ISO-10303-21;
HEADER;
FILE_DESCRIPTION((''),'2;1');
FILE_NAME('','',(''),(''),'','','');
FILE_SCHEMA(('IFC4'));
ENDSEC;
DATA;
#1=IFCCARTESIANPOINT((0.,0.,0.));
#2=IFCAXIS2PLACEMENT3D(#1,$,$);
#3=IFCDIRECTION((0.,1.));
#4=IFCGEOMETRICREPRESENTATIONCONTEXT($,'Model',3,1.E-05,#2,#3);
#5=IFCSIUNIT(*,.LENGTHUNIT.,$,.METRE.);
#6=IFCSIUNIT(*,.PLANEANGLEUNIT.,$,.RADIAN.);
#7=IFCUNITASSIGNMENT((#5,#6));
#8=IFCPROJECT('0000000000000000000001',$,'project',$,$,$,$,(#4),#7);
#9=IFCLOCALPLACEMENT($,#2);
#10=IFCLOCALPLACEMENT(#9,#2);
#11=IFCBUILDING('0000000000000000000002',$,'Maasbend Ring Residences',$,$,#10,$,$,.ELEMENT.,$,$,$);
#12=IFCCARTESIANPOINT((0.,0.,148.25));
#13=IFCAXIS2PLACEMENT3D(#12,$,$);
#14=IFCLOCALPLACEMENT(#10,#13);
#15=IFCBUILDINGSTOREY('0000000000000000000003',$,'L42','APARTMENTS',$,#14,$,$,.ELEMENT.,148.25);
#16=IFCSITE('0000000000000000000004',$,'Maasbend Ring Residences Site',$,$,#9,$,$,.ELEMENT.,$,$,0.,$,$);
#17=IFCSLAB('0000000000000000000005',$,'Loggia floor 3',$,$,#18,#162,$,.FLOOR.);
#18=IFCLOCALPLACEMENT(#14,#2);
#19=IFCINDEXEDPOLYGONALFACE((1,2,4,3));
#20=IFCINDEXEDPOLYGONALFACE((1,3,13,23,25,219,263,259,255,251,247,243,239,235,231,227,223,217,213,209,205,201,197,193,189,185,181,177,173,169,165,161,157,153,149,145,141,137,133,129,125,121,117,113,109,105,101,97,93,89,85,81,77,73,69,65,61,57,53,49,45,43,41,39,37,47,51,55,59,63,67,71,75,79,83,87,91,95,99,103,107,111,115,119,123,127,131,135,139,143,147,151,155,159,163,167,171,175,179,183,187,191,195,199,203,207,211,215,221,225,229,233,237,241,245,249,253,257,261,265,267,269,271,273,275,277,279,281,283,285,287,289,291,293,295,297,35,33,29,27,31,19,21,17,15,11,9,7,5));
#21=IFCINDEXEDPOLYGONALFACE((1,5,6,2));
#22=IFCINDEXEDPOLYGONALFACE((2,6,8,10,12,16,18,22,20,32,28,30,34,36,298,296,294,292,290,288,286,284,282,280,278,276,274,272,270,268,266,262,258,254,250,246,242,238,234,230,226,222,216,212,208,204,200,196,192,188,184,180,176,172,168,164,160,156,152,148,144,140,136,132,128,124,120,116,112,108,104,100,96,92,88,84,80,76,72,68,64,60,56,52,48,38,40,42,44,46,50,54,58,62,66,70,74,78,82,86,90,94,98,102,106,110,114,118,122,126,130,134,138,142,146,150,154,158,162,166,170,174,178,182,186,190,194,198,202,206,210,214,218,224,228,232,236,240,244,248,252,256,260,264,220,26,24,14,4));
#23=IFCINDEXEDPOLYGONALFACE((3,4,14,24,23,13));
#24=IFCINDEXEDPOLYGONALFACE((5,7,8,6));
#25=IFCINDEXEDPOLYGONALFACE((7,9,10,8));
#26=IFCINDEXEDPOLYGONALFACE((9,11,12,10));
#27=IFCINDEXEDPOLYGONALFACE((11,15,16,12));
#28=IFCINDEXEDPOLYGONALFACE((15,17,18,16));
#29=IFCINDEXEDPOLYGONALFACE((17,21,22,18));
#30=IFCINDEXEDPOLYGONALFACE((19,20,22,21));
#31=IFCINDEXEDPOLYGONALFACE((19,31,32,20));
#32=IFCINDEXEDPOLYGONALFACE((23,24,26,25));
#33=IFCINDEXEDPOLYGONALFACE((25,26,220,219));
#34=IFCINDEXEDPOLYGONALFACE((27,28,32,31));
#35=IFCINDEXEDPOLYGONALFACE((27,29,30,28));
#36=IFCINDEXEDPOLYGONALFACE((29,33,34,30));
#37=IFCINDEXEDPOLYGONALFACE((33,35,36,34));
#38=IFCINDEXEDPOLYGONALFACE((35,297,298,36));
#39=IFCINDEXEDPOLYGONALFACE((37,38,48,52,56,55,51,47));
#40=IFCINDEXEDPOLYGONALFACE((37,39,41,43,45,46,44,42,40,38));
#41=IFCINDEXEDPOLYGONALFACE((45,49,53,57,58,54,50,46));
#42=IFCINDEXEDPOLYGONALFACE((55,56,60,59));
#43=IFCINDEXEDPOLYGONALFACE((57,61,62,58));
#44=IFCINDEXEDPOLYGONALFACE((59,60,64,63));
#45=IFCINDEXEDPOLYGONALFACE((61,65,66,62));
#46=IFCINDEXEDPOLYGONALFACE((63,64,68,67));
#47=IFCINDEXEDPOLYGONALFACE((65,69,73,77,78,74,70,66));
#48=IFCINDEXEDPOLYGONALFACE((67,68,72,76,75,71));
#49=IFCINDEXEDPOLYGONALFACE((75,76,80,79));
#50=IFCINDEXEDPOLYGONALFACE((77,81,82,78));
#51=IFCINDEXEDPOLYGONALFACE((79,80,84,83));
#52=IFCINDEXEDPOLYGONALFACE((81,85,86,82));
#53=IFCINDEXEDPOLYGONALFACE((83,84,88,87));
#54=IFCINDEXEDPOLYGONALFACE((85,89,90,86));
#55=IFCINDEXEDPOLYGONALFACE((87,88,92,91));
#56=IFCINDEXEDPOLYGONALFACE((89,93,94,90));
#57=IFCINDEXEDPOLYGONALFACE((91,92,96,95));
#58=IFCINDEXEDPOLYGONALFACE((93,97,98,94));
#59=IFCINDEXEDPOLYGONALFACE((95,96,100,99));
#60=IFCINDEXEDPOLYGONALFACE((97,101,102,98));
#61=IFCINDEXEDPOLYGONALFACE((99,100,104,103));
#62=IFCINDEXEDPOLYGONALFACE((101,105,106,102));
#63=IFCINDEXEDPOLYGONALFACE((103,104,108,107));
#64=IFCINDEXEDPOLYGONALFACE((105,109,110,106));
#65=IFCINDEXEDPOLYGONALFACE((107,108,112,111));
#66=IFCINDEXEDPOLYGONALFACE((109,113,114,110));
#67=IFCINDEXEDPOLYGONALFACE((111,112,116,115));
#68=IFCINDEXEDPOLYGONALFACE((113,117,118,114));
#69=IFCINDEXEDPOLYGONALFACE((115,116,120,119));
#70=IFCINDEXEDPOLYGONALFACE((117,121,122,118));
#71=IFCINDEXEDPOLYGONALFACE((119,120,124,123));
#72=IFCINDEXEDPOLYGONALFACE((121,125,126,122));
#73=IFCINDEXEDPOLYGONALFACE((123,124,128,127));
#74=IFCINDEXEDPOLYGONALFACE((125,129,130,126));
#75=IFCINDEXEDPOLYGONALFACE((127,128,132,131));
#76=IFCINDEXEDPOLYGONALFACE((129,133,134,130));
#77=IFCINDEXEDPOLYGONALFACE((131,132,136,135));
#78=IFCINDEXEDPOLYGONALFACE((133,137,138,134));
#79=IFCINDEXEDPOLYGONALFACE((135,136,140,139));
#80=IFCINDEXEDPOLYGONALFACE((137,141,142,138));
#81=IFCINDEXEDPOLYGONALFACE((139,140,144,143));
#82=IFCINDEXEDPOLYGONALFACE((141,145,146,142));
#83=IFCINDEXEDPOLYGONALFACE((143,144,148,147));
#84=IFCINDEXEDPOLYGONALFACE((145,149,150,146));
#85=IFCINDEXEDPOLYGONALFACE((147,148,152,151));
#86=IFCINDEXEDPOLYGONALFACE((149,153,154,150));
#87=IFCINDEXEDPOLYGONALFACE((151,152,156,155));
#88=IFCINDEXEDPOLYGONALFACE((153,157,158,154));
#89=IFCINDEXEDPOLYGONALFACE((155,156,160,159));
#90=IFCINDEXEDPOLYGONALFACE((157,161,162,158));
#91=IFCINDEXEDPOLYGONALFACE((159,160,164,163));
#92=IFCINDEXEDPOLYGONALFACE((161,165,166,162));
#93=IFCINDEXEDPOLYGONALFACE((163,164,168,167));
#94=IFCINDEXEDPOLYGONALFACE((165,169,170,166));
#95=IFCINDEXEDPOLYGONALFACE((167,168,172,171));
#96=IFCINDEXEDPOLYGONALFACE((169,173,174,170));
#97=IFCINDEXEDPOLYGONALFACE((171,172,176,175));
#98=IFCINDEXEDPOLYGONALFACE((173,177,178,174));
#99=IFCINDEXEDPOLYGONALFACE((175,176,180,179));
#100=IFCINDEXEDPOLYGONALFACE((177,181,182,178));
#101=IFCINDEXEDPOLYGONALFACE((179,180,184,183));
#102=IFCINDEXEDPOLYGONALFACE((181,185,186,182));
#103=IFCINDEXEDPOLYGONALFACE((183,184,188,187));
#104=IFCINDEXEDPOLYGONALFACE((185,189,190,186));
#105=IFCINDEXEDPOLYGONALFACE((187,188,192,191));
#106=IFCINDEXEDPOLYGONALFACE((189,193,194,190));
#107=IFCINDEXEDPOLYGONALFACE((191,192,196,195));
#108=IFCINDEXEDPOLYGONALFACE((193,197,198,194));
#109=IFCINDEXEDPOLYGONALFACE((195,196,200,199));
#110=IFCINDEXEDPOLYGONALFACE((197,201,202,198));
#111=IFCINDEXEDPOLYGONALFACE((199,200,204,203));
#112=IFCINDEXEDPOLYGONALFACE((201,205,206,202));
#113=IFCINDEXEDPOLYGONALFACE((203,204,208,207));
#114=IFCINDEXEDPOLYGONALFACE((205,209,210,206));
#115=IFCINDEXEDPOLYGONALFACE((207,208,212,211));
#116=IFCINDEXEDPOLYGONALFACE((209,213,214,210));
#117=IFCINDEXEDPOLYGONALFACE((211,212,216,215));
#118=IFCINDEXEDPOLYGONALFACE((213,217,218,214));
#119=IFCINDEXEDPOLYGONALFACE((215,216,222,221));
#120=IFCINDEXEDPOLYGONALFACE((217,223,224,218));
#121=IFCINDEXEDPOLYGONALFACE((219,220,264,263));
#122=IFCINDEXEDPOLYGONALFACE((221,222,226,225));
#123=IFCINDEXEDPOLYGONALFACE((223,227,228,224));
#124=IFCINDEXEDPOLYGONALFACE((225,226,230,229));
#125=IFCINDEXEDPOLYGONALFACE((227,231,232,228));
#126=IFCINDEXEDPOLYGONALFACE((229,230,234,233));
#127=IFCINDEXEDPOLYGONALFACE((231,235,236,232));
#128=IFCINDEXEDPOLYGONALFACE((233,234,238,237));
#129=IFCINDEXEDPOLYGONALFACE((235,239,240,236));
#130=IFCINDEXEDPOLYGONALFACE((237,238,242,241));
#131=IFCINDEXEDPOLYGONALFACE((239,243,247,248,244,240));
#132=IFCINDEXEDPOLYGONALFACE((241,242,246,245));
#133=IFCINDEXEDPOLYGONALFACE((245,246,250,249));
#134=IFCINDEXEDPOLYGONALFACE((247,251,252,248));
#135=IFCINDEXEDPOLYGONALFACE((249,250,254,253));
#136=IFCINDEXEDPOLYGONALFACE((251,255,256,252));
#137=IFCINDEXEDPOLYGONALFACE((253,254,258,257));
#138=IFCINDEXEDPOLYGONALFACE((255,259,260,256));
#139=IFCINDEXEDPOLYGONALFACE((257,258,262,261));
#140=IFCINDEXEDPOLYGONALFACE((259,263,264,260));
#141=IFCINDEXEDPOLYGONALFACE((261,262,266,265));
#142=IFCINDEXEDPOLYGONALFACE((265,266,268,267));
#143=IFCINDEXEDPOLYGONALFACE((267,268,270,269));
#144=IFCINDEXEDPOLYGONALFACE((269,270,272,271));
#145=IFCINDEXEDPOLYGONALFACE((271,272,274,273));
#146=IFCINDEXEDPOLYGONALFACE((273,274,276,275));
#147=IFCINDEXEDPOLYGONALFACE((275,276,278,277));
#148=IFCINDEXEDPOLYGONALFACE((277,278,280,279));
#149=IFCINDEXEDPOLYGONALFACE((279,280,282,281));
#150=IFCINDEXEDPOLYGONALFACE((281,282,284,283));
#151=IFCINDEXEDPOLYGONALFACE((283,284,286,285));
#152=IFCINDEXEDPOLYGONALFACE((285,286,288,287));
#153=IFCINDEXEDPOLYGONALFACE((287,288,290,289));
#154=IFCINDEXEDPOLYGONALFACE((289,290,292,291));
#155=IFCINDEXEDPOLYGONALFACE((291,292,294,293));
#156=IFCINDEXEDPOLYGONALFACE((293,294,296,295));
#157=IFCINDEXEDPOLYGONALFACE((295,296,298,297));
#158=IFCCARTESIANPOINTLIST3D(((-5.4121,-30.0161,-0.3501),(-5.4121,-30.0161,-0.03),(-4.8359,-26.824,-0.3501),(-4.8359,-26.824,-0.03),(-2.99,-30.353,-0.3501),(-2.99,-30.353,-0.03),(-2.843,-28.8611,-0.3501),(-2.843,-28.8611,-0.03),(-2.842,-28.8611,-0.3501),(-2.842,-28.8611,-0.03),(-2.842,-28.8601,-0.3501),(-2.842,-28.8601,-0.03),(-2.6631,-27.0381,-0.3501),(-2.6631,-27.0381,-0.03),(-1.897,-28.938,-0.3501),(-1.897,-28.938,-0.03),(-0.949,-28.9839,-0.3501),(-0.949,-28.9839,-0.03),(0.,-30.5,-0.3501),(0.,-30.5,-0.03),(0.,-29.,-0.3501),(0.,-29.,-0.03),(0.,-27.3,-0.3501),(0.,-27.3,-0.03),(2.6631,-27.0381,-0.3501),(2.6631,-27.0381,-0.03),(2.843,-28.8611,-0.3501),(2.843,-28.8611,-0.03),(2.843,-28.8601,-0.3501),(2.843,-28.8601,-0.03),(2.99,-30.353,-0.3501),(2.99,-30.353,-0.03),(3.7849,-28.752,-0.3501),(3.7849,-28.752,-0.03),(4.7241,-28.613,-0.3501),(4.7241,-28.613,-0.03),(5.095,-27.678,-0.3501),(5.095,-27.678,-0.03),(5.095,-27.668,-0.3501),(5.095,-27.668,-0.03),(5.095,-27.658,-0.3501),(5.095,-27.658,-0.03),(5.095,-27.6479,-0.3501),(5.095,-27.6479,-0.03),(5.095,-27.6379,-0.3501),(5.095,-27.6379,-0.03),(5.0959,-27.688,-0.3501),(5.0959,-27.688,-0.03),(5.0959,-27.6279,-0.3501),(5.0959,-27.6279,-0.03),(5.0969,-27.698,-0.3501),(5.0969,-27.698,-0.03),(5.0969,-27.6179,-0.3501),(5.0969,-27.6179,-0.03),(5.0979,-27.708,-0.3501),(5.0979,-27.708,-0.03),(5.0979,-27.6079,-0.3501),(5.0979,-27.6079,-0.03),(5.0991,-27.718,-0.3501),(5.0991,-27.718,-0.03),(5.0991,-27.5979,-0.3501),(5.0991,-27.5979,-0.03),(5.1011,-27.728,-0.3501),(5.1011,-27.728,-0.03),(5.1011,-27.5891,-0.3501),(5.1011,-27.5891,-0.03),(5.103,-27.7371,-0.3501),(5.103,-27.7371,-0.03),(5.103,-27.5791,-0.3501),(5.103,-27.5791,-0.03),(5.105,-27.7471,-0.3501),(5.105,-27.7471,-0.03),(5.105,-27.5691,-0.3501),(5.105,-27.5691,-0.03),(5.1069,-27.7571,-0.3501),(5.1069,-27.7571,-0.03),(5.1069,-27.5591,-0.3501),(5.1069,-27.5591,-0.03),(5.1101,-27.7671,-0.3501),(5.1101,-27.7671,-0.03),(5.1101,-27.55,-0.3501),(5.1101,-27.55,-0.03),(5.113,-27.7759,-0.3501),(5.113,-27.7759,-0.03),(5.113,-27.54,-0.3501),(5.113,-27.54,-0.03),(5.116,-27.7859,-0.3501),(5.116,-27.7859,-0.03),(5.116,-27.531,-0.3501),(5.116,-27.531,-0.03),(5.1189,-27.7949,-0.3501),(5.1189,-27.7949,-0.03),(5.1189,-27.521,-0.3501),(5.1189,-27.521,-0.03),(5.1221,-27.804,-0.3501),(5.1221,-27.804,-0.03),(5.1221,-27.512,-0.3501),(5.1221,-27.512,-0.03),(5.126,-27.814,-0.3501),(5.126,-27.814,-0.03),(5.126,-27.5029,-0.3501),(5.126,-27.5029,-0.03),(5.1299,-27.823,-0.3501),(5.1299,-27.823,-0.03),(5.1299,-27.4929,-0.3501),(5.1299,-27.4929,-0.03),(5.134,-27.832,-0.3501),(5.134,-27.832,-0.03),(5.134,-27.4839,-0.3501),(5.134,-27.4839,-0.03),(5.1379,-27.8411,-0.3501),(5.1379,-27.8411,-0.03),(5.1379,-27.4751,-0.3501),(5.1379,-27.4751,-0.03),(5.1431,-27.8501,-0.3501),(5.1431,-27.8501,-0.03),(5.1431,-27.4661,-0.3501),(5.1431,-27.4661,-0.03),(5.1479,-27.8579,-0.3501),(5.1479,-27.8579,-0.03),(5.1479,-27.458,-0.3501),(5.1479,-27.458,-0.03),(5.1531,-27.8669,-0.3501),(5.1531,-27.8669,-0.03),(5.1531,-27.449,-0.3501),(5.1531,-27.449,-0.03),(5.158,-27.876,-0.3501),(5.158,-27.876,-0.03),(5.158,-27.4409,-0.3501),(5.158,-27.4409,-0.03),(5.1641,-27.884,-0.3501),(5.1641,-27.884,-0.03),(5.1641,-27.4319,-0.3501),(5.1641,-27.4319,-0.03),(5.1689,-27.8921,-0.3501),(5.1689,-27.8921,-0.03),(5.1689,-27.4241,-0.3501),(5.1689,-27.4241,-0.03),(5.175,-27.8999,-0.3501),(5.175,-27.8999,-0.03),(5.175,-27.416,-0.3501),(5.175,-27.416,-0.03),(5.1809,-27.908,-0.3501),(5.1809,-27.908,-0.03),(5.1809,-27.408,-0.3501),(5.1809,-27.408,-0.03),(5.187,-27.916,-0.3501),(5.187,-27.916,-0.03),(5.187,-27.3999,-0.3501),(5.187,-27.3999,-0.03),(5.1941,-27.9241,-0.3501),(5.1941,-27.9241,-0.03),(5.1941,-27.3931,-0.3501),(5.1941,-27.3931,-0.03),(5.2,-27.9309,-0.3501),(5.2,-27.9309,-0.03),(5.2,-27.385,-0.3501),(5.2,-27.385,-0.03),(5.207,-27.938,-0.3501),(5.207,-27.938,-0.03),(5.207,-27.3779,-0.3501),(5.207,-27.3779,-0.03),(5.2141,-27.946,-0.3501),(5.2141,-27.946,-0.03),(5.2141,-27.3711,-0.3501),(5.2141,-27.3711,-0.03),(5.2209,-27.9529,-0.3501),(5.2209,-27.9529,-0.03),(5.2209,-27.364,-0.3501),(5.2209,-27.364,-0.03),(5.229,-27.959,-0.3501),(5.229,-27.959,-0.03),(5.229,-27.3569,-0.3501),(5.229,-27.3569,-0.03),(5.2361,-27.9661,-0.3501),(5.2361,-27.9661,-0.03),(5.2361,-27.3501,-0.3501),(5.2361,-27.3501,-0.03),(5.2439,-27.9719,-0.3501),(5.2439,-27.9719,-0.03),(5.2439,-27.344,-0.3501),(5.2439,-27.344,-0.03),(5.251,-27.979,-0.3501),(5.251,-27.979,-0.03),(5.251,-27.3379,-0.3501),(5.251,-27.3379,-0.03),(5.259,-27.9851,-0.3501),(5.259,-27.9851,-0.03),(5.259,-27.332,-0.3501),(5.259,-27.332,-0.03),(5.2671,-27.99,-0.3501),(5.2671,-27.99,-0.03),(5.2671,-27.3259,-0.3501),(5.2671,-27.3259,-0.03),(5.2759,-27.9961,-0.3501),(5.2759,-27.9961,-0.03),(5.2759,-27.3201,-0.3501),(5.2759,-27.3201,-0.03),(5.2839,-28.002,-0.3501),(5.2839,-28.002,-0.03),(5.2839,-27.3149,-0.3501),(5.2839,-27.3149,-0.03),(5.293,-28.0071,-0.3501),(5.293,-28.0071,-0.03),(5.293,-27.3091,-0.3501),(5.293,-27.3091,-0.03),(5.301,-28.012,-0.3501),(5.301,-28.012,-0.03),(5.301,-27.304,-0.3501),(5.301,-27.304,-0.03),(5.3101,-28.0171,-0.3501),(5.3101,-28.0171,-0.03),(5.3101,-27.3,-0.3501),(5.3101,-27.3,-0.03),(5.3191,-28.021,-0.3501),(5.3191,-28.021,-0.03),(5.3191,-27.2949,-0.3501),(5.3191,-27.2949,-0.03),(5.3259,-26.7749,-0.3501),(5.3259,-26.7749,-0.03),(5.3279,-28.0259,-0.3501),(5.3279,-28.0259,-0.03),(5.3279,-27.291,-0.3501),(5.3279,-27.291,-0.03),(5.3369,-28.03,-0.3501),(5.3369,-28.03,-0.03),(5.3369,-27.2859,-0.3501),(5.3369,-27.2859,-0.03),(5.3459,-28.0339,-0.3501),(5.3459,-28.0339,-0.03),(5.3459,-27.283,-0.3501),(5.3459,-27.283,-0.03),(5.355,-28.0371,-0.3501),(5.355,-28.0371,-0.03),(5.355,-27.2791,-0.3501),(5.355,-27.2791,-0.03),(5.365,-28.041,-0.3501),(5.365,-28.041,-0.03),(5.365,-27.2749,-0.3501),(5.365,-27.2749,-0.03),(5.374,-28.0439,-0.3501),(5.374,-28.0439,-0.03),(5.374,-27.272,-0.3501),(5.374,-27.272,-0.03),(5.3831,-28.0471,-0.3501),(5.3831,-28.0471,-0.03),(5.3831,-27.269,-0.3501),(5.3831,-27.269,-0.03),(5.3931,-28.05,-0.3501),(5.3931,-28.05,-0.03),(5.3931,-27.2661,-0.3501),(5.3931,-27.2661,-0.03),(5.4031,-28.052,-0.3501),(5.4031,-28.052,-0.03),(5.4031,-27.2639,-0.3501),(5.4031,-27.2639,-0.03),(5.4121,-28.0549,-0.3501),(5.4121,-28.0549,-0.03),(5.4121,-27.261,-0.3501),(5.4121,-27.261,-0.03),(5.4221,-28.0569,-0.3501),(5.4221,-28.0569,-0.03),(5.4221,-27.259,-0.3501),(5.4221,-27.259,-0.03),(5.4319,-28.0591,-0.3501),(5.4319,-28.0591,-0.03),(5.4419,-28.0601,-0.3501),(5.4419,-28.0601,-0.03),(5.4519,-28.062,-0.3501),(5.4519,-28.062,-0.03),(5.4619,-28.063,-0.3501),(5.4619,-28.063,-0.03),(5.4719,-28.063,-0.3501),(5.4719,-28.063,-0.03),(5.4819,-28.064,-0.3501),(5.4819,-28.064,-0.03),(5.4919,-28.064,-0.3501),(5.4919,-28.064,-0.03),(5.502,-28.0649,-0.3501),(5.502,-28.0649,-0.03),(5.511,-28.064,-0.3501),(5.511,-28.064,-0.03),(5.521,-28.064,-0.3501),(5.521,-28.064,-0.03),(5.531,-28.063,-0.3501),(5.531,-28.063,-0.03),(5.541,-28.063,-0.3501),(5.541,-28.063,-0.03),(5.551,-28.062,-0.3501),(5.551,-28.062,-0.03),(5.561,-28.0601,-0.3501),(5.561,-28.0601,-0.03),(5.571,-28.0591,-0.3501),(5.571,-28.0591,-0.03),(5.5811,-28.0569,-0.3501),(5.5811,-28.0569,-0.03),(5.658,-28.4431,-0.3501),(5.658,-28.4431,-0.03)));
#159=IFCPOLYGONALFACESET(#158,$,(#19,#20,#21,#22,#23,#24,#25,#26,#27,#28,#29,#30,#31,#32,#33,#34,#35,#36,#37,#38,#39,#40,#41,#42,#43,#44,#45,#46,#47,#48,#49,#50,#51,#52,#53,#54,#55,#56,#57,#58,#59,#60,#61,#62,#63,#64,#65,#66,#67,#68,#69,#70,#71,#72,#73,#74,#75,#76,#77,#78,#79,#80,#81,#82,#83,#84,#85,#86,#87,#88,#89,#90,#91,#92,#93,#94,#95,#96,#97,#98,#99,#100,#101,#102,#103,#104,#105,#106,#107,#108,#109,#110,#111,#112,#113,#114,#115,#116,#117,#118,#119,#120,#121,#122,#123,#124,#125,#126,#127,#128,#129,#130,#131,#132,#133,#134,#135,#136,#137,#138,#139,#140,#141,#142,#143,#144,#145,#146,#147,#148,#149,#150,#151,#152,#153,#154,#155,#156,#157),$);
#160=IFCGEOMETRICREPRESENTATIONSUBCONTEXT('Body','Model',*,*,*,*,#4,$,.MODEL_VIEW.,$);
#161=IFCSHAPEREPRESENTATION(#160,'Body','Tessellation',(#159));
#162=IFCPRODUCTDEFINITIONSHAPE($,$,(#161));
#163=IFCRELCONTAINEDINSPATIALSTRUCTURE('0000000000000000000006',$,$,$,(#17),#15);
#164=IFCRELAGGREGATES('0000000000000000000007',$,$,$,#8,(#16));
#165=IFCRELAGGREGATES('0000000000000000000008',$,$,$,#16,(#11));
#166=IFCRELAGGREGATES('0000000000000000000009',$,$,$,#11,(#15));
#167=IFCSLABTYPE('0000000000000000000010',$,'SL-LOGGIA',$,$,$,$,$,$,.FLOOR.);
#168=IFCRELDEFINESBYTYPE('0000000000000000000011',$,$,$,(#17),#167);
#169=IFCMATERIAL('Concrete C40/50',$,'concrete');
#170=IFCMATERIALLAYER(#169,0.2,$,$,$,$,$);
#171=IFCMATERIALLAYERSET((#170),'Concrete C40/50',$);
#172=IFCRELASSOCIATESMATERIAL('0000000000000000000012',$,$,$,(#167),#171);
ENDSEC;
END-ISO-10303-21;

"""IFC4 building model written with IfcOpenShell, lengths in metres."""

from ifc_helpers import new_model, si_unit, direction, frame, origin, place, context, subcontext, project, spatial, polyline, outline, extrude, material, layer, layer_set, type_object, element, save


model = new_model("IFC4")

# Units and contexts
model_context = context("Model", 3, precision=1e-05, world=origin(), true_north=direction((0.0, 1.0)))
body_context = subcontext(model_context, "Body", "Model", "MODEL_VIEW")
ifc_project = project(units=[si_unit("LENGTHUNIT", "METRE"), si_unit("PLANEANGLEUNIT", "RADIAN")], contexts=[model_context])

# Site, building, storey
site_placement = place(None, origin())
site = spatial("IfcSite", under=ifc_project, at=site_placement, Name="Maasbend Ring Residences Site", CompositionType="ELEMENT", RefElevation=0.0)
building_placement = place(site_placement, origin())
building = spatial("IfcBuilding", under=site, at=building_placement, Name="Maasbend Ring Residences", CompositionType="ELEMENT")
storey_placement = place(building_placement, frame((0.0, 0.0, 148.25)))
storey = spatial("IfcBuildingStorey", under=building, at=storey_placement, Name="L42", Description="APARTMENTS", CompositionType="ELEMENT", Elevation=148.25)

# Slab
ifc_material_1 = material(Name="Concrete C40/50", Category="concrete")
ifc_layer_1 = layer(ifc_material_1, 0.2)
ifc_layer_set_1 = layer_set([ifc_layer_1], Name="Concrete C40/50")
slab_type_1 = type_object("IfcSlabType", Name="SL-LOGGIA", PredefinedType="FLOOR", material=ifc_layer_set_1)
slab_1_placement = place(storey_placement, frame((0.0, 0.0, -0.3501)))
element("IfcSlab", 1, at=slab_1_placement, inside=storey, type_object=slab_type_1, Name="Loggia floor 3", PredefinedType="FLOOR", context=body_context, shape_type="SweptSolid", body=[
    extrude(outline(polyline([(-2.6631, -27.0381), (0.0, -27.3), (0.0, -27.3), (0.0, -27.3), (2.6631, -27.0381), (5.3259, -26.7749), (5.3259, -26.7749), (5.3259, -26.7749), (5.4221, -27.259), (5.4221, -27.259), (5.4121, -27.261), (5.4031, -27.2639), (5.3931, -27.2661), (5.3831, -27.269), (5.374, -27.272), (5.365, -27.2749), (5.355, -27.2791), (5.3459, -27.283), (5.3369, -27.2859), (5.3279, -27.291), (5.3191, -27.2949), (5.3101, -27.3), (5.301, -27.304), (5.293, -27.3091), (5.2839, -27.3149), (5.2759, -27.3201), (5.2671, -27.3259), (5.259, -27.332), (5.251, -27.3379), (5.2439, -27.344), (5.2361, -27.3501), (5.229, -27.3569), (5.2209, -27.364), (5.2141, -27.3711), (5.207, -27.3779), (5.2, -27.385), (5.1941, -27.3931), (5.187, -27.3999), (5.1809, -27.408), (5.175, -27.416), (5.1689, -27.4241), (5.1641, -27.4319), (5.158, -27.4409), (5.1531, -27.449), (5.1479, -27.458), (5.1431, -27.4661), (5.1379, -27.4751), (5.134, -27.4839), (5.1299, -27.4929), (5.126, -27.5029), (5.1221, -27.512), (5.1189, -27.521), (5.116, -27.531), (5.113, -27.54), (5.1101, -27.55), (5.1069, -27.5591), (5.105, -27.5691), (5.103, -27.5791), (5.1011, -27.5891), (5.0991, -27.5979), (5.0979, -27.6079), (5.0969, -27.6179), (5.0959, -27.6279), (5.095, -27.6379), (5.095, -27.6479), (5.095, -27.658), (5.095, -27.668), (5.095, -27.678), (5.0959, -27.688), (5.0969, -27.698), (5.0979, -27.708), (5.0991, -27.718), (5.1011, -27.728), (5.103, -27.7371), (5.105, -27.7471), (5.1069, -27.7571), (5.1101, -27.7671), (5.113, -27.7759), (5.116, -27.7859), (5.1189, -27.7949), (5.1221, -27.804), (5.126, -27.814), (5.1299, -27.823), (5.134, -27.832), (5.1379, -27.8411), (5.1431, -27.8501), (5.1479, -27.8579), (5.1531, -27.8669), (5.158, -27.876), (5.1641, -27.884), (5.1689, -27.8921), (5.175, -27.8999), (5.1809, -27.908), (5.187, -27.916), (5.1941, -27.9241), (5.2, -27.9309), (5.207, -27.938), (5.2141, -27.946), (5.2209, -27.9529), (5.229, -27.959), (5.2361, -27.9661), (5.2439, -27.9719), (5.251, -27.979), (5.259, -27.9851), (5.2671, -27.99), (5.2759, -27.9961), (5.2839, -28.002), (5.293, -28.0071), (5.301, -28.012), (5.3101, -28.0171), (5.3191, -28.021), (5.3279, -28.0259), (5.3369, -28.03), (5.3459, -28.0339), (5.355, -28.0371), (5.365, -28.041), (5.374, -28.0439), (5.3831, -28.0471), (5.3931, -28.05), (5.4031, -28.052), (5.4121, -28.0549), (5.4221, -28.0569), (5.4319, -28.0591), (5.4419, -28.0601), (5.4519, -28.062), (5.4619, -28.063), (5.4719, -28.063), (5.4819, -28.064), (5.4919, -28.064), (5.502, -28.0649), (5.511, -28.064), (5.521, -28.064), (5.531, -28.063), (5.541, -28.063), (5.551, -28.062), (5.561, -28.0601), (5.571, -28.0591), (5.5811, -28.0569), (5.5811, -28.0569), (5.658, -28.4431), (5.658, -28.4431), (5.658, -28.4431), (4.7241, -28.613), (4.7241, -28.613), (3.7849, -28.752), (3.7849, -28.752), (2.843, -28.8601), (2.843, -28.8601), (2.843, -28.8601), (2.843, -28.8601), (2.843, -28.8601), (2.843, -28.8601), (2.843, -28.8601), (2.843, -28.8601), (2.843, -28.8601), (2.843, -28.8611), (2.843, -28.8611), (2.843, -28.8611), (2.843, -28.8611), (2.843, -28.8611), (2.843, -28.8611), (2.843, -28.8611), (2.843, -28.8611), (2.99, -30.353), (2.99, -30.353), (2.99, -30.353), (0.0, -30.5), (0.0, -30.5), (0.0, -30.5), (0.0, -29.0), (0.0, -29.0), (0.0, -29.0), (0.0, -29.0), (0.0, -29.0), (0.0, -29.0), (0.0, -29.0), (0.0, -29.0), (0.0, -29.0), (0.0, -29.0), (0.0, -29.0), (0.0, -29.0), (0.0, -29.0), (0.0, -29.0), (0.0, -29.0), (0.0, -29.0), (0.0, -29.0), (-0.949, -28.9839), (-0.949, -28.9839), (-1.897, -28.938), (-1.897, -28.938), (-2.842, -28.8601), (-2.842, -28.8601), (-2.842, -28.8601), (-2.842, -28.8601), (-2.842, -28.8601), (-2.842, -28.8601), (-2.842, -28.8601), (-2.842, -28.8601), (-2.842, -28.8611), (-2.842, -28.8611), (-2.842, -28.8611), (-2.842, -28.8611), (-2.842, -28.8611), (-2.843, -28.8611), (-2.843, -28.8611), (-2.843, -28.8611), (-2.843, -28.8611), (-2.99, -30.353), (-2.99, -30.353), (-2.99, -30.353), (-5.4121, -30.0161), (-5.4121, -30.0161), (-5.4121, -30.0161), (-4.8359, -26.824), (-4.8359, -26.824), (-4.8359, -26.824), (-2.6631, -27.0381)])), origin(), (0.0, 0.0, 1.0), 0.3201),
])

save(model, "model.ifc")
